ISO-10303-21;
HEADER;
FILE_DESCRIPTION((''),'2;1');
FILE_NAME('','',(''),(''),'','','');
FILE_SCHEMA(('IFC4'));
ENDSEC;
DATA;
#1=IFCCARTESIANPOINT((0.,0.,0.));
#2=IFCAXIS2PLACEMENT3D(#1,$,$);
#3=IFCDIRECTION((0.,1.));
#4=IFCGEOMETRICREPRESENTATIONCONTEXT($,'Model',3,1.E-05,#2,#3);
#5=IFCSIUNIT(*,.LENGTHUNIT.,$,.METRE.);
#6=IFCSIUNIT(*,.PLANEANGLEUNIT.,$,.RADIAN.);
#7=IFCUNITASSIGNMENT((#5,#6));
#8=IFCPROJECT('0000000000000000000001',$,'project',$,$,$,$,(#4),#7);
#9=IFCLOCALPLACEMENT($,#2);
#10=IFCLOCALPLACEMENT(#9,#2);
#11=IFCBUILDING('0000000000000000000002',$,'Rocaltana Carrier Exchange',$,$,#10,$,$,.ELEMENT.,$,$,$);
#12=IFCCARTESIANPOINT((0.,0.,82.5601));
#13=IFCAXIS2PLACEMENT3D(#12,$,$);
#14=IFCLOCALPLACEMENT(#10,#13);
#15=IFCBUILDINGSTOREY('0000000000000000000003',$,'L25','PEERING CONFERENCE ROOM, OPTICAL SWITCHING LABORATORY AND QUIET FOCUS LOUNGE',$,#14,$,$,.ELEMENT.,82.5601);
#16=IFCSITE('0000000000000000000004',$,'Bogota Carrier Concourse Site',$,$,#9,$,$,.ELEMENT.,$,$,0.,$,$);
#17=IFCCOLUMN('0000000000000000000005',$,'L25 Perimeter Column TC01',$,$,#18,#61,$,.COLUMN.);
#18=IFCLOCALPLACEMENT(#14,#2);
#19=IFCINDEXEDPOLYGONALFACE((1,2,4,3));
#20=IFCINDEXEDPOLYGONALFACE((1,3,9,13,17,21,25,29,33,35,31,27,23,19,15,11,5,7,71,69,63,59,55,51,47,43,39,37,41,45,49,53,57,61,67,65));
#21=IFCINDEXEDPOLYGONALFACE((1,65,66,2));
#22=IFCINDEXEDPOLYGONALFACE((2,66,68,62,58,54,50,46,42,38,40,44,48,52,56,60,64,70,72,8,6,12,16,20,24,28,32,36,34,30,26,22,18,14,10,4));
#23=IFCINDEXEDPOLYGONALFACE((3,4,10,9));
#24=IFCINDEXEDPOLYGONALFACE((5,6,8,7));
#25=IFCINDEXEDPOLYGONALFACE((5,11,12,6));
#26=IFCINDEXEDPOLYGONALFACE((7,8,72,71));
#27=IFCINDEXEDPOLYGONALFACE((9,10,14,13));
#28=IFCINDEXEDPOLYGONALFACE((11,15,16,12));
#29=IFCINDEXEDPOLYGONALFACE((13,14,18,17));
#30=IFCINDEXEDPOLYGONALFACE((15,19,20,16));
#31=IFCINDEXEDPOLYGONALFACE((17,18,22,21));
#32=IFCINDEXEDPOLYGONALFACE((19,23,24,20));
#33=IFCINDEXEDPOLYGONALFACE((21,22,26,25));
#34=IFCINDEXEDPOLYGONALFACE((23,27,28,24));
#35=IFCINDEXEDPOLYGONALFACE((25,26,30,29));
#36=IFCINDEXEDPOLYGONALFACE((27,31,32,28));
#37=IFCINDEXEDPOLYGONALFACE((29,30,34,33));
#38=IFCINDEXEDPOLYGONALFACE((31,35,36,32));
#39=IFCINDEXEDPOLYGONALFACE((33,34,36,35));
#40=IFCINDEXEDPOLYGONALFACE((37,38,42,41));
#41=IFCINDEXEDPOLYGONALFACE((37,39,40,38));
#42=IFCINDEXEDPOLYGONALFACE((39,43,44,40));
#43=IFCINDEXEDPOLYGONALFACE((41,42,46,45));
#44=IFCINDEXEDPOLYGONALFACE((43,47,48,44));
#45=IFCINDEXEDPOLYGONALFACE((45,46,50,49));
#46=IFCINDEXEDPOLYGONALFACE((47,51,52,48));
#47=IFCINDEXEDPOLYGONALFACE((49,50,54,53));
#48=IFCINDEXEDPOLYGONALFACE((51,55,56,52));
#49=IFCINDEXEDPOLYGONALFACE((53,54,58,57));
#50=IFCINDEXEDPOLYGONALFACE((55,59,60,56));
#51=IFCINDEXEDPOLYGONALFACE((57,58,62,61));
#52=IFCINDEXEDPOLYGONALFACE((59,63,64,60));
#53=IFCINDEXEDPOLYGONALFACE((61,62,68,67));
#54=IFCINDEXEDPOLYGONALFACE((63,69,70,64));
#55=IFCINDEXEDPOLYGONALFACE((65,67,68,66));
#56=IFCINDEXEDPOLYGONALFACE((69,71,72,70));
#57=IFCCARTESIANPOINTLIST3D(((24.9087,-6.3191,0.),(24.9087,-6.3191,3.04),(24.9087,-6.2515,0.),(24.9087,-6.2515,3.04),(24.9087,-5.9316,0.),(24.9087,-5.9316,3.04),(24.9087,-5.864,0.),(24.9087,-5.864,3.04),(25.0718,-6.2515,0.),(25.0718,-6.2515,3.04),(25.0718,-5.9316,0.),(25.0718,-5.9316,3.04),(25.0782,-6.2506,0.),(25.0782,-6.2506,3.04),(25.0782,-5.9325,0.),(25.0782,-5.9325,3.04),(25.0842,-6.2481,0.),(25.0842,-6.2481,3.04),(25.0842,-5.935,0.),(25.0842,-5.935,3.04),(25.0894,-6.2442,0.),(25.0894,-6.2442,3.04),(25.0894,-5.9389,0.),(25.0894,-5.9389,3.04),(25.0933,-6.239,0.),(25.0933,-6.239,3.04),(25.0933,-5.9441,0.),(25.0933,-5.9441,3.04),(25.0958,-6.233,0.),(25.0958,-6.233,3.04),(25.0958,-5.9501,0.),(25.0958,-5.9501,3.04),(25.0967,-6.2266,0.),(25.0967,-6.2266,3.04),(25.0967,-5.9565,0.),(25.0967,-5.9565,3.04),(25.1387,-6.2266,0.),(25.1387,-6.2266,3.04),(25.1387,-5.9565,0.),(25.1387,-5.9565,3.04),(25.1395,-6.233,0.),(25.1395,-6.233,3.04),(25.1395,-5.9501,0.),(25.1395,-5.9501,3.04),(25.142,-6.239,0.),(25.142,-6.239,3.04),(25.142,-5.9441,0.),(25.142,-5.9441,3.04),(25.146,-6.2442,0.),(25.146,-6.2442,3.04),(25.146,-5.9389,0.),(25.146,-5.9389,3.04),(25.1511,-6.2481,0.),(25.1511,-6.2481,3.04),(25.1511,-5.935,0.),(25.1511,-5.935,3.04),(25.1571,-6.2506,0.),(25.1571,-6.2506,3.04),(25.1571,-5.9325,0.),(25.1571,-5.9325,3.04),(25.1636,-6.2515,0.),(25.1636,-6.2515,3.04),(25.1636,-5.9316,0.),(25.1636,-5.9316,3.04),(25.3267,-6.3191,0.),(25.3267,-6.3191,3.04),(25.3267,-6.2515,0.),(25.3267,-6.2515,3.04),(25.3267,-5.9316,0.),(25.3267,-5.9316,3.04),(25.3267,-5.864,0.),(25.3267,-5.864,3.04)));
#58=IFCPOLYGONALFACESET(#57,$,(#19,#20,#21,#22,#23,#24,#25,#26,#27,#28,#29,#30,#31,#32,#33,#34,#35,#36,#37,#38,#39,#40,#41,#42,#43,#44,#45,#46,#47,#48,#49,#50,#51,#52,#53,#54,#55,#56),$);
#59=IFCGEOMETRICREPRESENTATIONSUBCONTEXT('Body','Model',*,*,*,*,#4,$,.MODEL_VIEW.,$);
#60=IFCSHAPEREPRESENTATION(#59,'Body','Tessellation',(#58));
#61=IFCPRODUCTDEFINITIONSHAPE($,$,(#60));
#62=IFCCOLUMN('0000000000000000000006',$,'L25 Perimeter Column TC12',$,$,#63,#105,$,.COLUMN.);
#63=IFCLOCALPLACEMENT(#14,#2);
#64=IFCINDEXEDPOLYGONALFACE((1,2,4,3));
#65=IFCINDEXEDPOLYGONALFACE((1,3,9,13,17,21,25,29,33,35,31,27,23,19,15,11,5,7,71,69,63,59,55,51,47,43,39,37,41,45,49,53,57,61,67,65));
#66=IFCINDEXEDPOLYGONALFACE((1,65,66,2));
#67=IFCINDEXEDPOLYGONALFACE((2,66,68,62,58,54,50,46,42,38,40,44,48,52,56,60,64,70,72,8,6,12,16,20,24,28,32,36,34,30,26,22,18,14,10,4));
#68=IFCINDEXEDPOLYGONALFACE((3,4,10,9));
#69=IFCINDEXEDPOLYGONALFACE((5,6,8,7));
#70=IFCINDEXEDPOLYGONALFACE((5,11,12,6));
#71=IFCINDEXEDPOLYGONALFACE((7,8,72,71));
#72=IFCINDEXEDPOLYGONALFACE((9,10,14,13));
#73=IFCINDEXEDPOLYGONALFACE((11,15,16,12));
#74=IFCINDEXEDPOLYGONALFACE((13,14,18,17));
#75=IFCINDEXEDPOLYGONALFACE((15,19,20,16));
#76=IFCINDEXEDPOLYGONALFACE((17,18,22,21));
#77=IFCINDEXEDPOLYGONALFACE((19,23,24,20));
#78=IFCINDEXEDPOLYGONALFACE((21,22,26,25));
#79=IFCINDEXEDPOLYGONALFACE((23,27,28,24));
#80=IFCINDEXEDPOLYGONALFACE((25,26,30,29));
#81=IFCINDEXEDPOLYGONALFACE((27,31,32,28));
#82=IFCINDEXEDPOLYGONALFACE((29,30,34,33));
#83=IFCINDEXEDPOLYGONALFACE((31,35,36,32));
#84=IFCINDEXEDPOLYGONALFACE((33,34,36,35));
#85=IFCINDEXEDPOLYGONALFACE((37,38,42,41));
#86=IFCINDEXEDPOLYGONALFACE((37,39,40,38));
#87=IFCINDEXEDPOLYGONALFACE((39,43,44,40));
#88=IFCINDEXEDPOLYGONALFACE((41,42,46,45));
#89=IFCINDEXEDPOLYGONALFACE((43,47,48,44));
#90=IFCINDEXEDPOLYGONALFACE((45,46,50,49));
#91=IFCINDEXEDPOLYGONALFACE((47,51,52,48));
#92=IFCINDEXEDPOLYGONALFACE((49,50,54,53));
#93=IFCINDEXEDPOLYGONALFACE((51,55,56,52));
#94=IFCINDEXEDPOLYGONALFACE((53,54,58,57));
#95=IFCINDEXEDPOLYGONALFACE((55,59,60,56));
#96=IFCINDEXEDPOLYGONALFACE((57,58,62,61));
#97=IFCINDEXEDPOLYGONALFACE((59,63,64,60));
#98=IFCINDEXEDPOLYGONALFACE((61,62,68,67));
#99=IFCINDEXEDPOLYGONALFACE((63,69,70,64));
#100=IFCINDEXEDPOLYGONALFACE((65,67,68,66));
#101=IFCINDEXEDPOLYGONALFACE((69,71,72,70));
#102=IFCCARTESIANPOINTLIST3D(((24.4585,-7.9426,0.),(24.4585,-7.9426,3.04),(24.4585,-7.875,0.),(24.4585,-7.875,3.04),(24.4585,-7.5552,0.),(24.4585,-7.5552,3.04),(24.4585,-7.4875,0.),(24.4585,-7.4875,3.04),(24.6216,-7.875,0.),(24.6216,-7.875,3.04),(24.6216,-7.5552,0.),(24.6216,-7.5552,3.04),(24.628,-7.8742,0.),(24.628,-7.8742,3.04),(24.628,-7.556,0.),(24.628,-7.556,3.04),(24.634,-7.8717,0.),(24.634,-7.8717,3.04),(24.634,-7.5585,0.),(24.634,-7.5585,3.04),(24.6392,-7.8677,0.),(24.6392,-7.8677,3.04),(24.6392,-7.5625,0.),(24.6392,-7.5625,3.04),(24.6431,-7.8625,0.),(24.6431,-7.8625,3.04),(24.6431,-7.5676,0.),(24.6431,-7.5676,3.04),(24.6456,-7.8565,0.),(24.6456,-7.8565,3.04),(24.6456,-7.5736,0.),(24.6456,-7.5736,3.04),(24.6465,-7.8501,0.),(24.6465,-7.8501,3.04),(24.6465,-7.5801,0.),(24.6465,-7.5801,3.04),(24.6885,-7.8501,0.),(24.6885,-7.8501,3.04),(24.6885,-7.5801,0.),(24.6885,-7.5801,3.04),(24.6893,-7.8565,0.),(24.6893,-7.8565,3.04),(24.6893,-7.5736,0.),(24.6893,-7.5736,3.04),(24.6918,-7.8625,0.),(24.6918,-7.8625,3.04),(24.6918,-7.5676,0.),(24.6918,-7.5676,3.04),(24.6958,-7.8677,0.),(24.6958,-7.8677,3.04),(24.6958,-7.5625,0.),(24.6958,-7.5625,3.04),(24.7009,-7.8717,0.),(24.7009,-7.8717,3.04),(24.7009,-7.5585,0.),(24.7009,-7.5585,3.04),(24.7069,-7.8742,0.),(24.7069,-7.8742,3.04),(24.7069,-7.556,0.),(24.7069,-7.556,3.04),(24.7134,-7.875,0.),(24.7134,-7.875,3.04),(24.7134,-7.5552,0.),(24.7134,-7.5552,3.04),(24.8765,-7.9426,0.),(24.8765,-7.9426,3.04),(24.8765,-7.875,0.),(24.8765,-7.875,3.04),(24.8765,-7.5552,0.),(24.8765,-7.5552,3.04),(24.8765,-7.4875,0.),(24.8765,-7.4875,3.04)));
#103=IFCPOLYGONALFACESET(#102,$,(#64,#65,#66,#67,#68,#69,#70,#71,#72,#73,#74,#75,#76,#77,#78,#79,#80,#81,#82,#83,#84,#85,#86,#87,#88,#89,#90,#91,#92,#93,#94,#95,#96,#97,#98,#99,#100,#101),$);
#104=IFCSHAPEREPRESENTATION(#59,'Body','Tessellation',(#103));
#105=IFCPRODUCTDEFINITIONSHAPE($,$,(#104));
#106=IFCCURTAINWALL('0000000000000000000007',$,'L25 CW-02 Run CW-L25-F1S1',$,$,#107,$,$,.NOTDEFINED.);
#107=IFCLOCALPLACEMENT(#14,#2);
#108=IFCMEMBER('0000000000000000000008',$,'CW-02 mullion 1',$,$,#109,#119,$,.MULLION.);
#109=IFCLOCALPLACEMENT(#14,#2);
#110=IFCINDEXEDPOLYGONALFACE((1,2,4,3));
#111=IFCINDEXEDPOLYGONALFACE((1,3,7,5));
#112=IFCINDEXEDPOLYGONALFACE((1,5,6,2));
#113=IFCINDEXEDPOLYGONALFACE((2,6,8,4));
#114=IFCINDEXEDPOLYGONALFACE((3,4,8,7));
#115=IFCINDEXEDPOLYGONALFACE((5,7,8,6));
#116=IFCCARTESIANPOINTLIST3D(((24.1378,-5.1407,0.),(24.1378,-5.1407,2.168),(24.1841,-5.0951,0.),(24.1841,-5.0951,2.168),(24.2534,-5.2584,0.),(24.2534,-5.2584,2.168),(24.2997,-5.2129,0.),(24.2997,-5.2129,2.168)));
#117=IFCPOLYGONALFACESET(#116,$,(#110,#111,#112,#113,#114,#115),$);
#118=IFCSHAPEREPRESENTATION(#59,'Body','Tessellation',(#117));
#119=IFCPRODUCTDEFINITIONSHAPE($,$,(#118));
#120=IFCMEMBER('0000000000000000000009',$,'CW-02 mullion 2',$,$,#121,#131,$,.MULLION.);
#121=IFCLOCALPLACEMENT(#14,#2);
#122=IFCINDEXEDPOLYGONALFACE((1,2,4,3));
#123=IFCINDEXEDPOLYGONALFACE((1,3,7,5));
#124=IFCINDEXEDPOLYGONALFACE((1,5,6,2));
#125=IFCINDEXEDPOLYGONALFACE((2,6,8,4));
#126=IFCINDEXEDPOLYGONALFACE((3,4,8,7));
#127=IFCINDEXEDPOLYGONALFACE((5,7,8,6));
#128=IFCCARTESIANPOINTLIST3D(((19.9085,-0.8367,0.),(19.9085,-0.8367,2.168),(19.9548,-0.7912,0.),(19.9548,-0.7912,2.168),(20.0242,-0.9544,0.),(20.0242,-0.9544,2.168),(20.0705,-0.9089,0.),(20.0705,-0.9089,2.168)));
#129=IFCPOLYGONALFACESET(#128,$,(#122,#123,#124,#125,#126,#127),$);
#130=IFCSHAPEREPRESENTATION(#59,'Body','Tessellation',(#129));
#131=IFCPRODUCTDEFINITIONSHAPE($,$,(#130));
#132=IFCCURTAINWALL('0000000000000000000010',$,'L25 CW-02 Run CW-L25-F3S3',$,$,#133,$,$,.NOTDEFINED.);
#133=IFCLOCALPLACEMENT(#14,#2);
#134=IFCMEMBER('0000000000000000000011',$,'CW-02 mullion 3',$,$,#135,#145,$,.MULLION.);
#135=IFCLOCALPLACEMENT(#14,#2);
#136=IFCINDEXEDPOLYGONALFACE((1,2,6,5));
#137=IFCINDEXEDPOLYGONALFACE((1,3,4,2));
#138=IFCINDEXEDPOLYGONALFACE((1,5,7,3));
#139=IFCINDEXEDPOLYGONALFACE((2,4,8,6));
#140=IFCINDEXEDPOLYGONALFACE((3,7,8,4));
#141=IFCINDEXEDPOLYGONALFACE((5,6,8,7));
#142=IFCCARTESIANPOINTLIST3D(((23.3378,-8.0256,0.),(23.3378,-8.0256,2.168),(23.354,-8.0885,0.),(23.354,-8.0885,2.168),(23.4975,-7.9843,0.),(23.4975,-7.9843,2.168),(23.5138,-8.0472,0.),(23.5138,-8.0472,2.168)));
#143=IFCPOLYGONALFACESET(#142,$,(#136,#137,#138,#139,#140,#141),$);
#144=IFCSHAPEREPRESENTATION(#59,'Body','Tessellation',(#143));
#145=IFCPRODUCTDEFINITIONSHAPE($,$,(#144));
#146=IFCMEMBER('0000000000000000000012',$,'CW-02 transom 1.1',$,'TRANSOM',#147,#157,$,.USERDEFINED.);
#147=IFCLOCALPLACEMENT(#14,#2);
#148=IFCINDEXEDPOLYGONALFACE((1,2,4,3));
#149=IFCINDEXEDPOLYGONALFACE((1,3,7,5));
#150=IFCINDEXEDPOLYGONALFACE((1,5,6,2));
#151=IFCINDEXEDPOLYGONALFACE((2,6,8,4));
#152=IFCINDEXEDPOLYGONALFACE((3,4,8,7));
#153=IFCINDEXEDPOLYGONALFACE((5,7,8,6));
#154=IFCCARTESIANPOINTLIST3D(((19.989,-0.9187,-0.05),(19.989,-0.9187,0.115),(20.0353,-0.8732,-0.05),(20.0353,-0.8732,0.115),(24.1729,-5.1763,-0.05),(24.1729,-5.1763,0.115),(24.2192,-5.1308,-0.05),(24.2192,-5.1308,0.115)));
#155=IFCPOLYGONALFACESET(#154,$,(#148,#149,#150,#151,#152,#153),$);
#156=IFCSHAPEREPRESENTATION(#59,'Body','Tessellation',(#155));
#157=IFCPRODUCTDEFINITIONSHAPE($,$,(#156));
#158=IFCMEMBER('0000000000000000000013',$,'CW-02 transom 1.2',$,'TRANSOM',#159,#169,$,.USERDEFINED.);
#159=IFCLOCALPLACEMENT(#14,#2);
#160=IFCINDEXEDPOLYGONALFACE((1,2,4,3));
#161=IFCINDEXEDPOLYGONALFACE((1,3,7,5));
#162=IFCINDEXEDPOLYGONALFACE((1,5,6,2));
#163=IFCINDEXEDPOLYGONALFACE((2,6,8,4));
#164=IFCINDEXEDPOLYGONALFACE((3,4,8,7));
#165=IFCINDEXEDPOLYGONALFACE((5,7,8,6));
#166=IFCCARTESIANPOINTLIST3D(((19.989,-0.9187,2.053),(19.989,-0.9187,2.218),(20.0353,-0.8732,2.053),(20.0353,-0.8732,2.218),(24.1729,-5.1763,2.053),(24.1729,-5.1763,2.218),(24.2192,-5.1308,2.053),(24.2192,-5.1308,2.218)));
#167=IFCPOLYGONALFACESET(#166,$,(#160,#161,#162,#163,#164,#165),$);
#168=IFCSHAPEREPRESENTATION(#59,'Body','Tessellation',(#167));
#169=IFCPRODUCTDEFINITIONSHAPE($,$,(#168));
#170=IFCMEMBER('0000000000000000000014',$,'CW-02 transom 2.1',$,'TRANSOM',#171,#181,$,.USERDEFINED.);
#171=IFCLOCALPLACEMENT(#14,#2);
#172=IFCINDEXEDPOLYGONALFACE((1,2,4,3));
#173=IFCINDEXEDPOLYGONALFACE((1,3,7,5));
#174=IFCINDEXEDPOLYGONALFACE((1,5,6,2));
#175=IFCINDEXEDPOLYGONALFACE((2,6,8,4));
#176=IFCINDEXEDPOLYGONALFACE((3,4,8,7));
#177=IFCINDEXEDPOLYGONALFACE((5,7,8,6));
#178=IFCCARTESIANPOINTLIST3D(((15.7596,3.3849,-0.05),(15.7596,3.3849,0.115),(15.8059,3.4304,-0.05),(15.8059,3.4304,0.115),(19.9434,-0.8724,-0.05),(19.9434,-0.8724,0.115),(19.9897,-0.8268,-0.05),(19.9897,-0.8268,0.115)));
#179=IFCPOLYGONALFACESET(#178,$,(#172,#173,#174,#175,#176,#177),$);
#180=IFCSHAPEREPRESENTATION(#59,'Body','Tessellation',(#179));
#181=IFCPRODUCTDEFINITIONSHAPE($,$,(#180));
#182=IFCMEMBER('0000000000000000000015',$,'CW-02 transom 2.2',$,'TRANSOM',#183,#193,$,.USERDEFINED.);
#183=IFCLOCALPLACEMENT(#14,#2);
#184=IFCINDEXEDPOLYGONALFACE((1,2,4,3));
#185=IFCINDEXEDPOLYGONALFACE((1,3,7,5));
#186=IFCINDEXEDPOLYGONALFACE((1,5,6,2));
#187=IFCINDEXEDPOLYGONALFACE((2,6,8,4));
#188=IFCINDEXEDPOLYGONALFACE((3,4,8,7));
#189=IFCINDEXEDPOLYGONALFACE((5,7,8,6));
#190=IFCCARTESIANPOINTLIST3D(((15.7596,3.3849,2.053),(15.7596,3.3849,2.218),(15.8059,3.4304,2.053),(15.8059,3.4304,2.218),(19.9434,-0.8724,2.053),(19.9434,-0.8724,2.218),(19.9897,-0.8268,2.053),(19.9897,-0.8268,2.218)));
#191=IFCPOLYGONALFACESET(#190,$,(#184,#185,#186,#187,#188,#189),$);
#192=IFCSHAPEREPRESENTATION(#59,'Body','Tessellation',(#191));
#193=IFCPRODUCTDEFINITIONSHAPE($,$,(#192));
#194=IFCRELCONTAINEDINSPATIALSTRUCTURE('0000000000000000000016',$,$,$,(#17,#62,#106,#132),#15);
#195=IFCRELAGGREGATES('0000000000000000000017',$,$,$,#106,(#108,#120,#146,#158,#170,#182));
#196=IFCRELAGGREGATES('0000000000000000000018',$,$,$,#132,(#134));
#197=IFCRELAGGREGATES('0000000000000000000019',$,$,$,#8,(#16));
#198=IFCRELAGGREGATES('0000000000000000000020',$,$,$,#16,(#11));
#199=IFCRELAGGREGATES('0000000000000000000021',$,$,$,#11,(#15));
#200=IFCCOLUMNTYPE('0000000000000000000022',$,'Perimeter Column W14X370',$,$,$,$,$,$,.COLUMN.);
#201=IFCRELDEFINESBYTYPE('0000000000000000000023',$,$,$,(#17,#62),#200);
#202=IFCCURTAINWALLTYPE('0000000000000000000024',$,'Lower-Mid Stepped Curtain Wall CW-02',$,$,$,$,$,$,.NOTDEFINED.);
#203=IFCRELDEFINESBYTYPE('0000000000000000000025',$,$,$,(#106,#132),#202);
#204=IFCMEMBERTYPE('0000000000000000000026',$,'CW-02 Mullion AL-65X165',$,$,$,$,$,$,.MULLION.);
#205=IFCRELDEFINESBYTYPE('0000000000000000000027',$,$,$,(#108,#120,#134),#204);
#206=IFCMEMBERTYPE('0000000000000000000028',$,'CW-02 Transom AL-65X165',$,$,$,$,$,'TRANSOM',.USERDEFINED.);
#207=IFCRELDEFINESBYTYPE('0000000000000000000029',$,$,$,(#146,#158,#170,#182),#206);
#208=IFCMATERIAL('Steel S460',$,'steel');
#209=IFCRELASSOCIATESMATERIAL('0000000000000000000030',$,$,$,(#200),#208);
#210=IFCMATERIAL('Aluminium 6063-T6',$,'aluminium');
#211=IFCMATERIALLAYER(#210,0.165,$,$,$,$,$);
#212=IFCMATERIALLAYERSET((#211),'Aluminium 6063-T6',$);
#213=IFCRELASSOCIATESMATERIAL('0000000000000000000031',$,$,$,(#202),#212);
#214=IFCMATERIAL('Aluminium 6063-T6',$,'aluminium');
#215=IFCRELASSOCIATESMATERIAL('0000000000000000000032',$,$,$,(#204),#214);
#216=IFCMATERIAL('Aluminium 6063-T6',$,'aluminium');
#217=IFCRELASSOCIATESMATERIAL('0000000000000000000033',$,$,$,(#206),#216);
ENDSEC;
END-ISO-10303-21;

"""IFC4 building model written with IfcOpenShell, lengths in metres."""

from ifc_helpers import new_model, si_unit, direction, frame, origin, origin_2d, place, context, subcontext, project, spatial, rectangle, i_section, extrude, material, layer, layer_set, material_profile, profile_set, type_object, element, aggregate, save


model = new_model("IFC4")

# Units and contexts
model_context = context("Model", 3, precision=1e-05, world=origin(), true_north=direction((0.0, 1.0)))
body_context = subcontext(model_context, "Body", "Model", "MODEL_VIEW")
ifc_project = project(units=[si_unit("LENGTHUNIT", "METRE"), si_unit("PLANEANGLEUNIT", "RADIAN")], contexts=[model_context])

# Site, building, storey
site_placement = place(None, origin())
site = spatial("IfcSite", under=ifc_project, at=site_placement, Name="Bogota Carrier Concourse Site", CompositionType="ELEMENT", RefElevation=0.0)
building_placement = place(site_placement, origin())
building = spatial("IfcBuilding", under=site, at=building_placement, Name="Rocaltana Carrier Exchange", CompositionType="ELEMENT")
storey_placement = place(building_placement, frame((0.0, 0.0, 82.5601)))
storey = spatial("IfcBuildingStorey", under=building, at=storey_placement, Name="L25", Description="PEERING CONFERENCE ROOM, OPTICAL SWITCHING LABORATORY AND QUIET FOCUS LOUNGE", CompositionType="ELEMENT", Elevation=82.5601)

# Columns
ifc_material_1 = material(Name="Steel S460", Category="steel")
ifc_material_profile_1 = material_profile(ifc_material_1, i_section(OverallWidth=0.418, OverallDepth=0.4551, WebThickness=0.042, FlangeThickness=0.0676, FilletRadius=0.0249, at=origin_2d()), Name="W14X370")
ifc_profile_set_1 = profile_set([ifc_material_profile_1], Name="Steel S460")
column_type = type_object("IfcColumnType", Name="Perimeter Column W14X370", PredefinedType="COLUMN", material=ifc_profile_set_1)
for number, where, z_axis, x_axis, name in (
    (1, (25.1177, -6.0916, 0.0), (0.0, 0.0, 1.0), (1.0, 0.0, 0.0), "L25 Perimeter Column TC01"),
    (2, (24.6675, -7.7151, 0.0), (0.0, 0.0, 1.0), (1.0, 0.0, 0.0), "L25 Perimeter Column TC12"),
):
    element("IfcColumn", number, at=place(storey_placement, frame(where, z_axis=z_axis, x_axis=x_axis)), inside=storey, type_object=column_type, Name=name, PredefinedType="COLUMN", context=body_context, shape_type="SweptSolid", body=[
        extrude(i_section(OverallWidth=0.418, OverallDepth=0.4551, WebThickness=0.042, FlangeThickness=0.0676, FilletRadius=0.0249, at=origin_2d()), origin(), (0.0, 0.0, 1.0), 3.04),
    ])

# Curtain wall, members
ifc_material_2 = material(Name="Aluminium 6063-T6", Category="aluminium")
ifc_layer_1 = layer(ifc_material_2, 0.165)
ifc_layer_set_1 = layer_set([ifc_layer_1], Name="Aluminium 6063-T6")
curtain_wall_type = type_object("IfcCurtainWallType", Name="Lower-Mid Stepped Curtain Wall CW-02", PredefinedType="NOTDEFINED", material=ifc_layer_set_1)
curtain_wall_1_placement = place(storey_placement, origin())
curtain_wall_1 = element("IfcCurtainWall", 3, at=curtain_wall_1_placement, inside=storey, type_object=curtain_wall_type, Name="L25 CW-02 Run CW-L25-F1S1", PredefinedType="NOTDEFINED")
ifc_material_3 = material(Name="Aluminium 6063-T6", Category="aluminium")
ifc_material_profile_2 = material_profile(ifc_material_3, rectangle(XDim=0.0649, YDim=0.165, at=origin_2d()), Name="AL-65X165")
ifc_profile_set_2 = profile_set([ifc_material_profile_2], Name="Aluminium 6063-T6")
member_type_1 = type_object("IfcMemberType", Name="CW-02 Mullion AL-65X165", PredefinedType="MULLION", material=ifc_profile_set_2)
member_1_placement = place(storey_placement, frame((24.2188, -5.1768, 0.0), z_axis=(0.0, 0.0, 1.0), x_axis=(-0.713245, -0.700915, 0.0)))
member_1 = element("IfcMember", 4, at=member_1_placement, type_object=member_type_1, Name="CW-02 mullion 1", PredefinedType="MULLION", context=body_context, shape_type="SweptSolid", body=[
    extrude(rectangle(XDim=0.0649, YDim=0.165, at=origin_2d()), origin(), (0.0, 0.0, 1.0), 2.168),
])
member_2_placement = place(storey_placement, frame((19.9895, -0.8728, 0.0), z_axis=(0.0, 0.0, 1.0), x_axis=(-0.713245, -0.700915, 0.0)))
member_2 = element("IfcMember", 5, at=member_2_placement, type_object=member_type_1, Name="CW-02 mullion 2", PredefinedType="MULLION", context=body_context, shape_type="SweptSolid", body=[
    extrude(rectangle(XDim=0.0649, YDim=0.165, at=origin_2d()), origin(), (0.0, 0.0, 1.0), 2.168),
])

# Curtain wall, member
curtain_wall_2_placement = place(storey_placement, origin())
curtain_wall_2 = element("IfcCurtainWall", 6, at=curtain_wall_2_placement, inside=storey, type_object=curtain_wall_type, Name="L25 CW-02 Run CW-L25-F3S3", PredefinedType="NOTDEFINED")
member_3_placement = place(storey_placement, frame((23.4258, -8.0364, 0.0), z_axis=(0.0, 0.0, 1.0), x_axis=(-0.25037, 0.96815, 0.0)))
member_3 = element("IfcMember", 7, at=member_3_placement, type_object=member_type_1, Name="CW-02 mullion 3", PredefinedType="MULLION", context=body_context, shape_type="SweptSolid", body=[
    extrude(rectangle(XDim=0.0649, YDim=0.165, at=origin_2d()), origin(), (0.0, 0.0, 1.0), 2.168),
])

# Members
ifc_material_4 = material(Name="Aluminium 6063-T6", Category="aluminium")
ifc_material_profile_3 = material_profile(ifc_material_4, rectangle(XDim=0.0649, YDim=0.165, at=origin_2d()), Name="AL-65X165")
ifc_profile_set_3 = profile_set([ifc_material_profile_3], Name="Aluminium 6063-T6")
member_type_2 = type_object("IfcMemberType", Name="CW-02 Transom AL-65X165", ElementType="TRANSOM", PredefinedType="USERDEFINED", material=ifc_profile_set_3)
member_4_placement = place(storey_placement, frame((24.196, -5.1536, 0.0325), z_axis=(-0.700904, 0.713256, 0.0), x_axis=(-0.713256, -0.700904, 0.0)))
member_4 = element("IfcMember", 8, at=member_4_placement, type_object=member_type_2, Name="CW-02 transom 1.1", ObjectType="TRANSOM", PredefinedType="USERDEFINED", context=body_context, shape_type="SweptSolid", body=[
    extrude(rectangle(XDim=0.0649, YDim=0.165, at=origin_2d()), origin(), (0.0, 0.0, 1.0), 5.9692),
])
member_5_placement = place(storey_placement, frame((24.196, -5.1536, 2.1355), z_axis=(-0.700904, 0.713256, 0.0), x_axis=(-0.713256, -0.700904, 0.0)))
member_5 = element("IfcMember", 9, at=member_5_placement, type_object=member_type_2, Name="CW-02 transom 1.2", ObjectType="TRANSOM", PredefinedType="USERDEFINED", context=body_context, shape_type="SweptSolid", body=[
    extrude(rectangle(XDim=0.0649, YDim=0.165, at=origin_2d()), origin(), (0.0, 0.0, 1.0), 5.9692),
])
member_6_placement = place(storey_placement, frame((19.9666, -0.8496, 0.0325), z_axis=(-0.700924, 0.713236, 0.0), x_axis=(-0.713236, -0.700924, 0.0)))
member_6 = element("IfcMember", 10, at=member_6_placement, type_object=member_type_2, Name="CW-02 transom 2.1", ObjectType="TRANSOM", PredefinedType="USERDEFINED", context=body_context, shape_type="SweptSolid", body=[
    extrude(rectangle(XDim=0.0649, YDim=0.165, at=origin_2d()), origin(), (0.0, 0.0, 1.0), 5.969),
])
member_7_placement = place(storey_placement, frame((19.9666, -0.8496, 2.1355), z_axis=(-0.700924, 0.713236, 0.0), x_axis=(-0.713236, -0.700924, 0.0)))
member_7 = element("IfcMember", 11, at=member_7_placement, type_object=member_type_2, Name="CW-02 transom 2.2", ObjectType="TRANSOM", PredefinedType="USERDEFINED", context=body_context, shape_type="SweptSolid", body=[
    extrude(rectangle(XDim=0.0649, YDim=0.165, at=origin_2d()), origin(), (0.0, 0.0, 1.0), 5.969),
])

aggregate(curtain_wall_1, [member_1, member_2, member_4, member_5, member_6, member_7])
aggregate(curtain_wall_2, [member_3])

save(model, "model.ifc")
